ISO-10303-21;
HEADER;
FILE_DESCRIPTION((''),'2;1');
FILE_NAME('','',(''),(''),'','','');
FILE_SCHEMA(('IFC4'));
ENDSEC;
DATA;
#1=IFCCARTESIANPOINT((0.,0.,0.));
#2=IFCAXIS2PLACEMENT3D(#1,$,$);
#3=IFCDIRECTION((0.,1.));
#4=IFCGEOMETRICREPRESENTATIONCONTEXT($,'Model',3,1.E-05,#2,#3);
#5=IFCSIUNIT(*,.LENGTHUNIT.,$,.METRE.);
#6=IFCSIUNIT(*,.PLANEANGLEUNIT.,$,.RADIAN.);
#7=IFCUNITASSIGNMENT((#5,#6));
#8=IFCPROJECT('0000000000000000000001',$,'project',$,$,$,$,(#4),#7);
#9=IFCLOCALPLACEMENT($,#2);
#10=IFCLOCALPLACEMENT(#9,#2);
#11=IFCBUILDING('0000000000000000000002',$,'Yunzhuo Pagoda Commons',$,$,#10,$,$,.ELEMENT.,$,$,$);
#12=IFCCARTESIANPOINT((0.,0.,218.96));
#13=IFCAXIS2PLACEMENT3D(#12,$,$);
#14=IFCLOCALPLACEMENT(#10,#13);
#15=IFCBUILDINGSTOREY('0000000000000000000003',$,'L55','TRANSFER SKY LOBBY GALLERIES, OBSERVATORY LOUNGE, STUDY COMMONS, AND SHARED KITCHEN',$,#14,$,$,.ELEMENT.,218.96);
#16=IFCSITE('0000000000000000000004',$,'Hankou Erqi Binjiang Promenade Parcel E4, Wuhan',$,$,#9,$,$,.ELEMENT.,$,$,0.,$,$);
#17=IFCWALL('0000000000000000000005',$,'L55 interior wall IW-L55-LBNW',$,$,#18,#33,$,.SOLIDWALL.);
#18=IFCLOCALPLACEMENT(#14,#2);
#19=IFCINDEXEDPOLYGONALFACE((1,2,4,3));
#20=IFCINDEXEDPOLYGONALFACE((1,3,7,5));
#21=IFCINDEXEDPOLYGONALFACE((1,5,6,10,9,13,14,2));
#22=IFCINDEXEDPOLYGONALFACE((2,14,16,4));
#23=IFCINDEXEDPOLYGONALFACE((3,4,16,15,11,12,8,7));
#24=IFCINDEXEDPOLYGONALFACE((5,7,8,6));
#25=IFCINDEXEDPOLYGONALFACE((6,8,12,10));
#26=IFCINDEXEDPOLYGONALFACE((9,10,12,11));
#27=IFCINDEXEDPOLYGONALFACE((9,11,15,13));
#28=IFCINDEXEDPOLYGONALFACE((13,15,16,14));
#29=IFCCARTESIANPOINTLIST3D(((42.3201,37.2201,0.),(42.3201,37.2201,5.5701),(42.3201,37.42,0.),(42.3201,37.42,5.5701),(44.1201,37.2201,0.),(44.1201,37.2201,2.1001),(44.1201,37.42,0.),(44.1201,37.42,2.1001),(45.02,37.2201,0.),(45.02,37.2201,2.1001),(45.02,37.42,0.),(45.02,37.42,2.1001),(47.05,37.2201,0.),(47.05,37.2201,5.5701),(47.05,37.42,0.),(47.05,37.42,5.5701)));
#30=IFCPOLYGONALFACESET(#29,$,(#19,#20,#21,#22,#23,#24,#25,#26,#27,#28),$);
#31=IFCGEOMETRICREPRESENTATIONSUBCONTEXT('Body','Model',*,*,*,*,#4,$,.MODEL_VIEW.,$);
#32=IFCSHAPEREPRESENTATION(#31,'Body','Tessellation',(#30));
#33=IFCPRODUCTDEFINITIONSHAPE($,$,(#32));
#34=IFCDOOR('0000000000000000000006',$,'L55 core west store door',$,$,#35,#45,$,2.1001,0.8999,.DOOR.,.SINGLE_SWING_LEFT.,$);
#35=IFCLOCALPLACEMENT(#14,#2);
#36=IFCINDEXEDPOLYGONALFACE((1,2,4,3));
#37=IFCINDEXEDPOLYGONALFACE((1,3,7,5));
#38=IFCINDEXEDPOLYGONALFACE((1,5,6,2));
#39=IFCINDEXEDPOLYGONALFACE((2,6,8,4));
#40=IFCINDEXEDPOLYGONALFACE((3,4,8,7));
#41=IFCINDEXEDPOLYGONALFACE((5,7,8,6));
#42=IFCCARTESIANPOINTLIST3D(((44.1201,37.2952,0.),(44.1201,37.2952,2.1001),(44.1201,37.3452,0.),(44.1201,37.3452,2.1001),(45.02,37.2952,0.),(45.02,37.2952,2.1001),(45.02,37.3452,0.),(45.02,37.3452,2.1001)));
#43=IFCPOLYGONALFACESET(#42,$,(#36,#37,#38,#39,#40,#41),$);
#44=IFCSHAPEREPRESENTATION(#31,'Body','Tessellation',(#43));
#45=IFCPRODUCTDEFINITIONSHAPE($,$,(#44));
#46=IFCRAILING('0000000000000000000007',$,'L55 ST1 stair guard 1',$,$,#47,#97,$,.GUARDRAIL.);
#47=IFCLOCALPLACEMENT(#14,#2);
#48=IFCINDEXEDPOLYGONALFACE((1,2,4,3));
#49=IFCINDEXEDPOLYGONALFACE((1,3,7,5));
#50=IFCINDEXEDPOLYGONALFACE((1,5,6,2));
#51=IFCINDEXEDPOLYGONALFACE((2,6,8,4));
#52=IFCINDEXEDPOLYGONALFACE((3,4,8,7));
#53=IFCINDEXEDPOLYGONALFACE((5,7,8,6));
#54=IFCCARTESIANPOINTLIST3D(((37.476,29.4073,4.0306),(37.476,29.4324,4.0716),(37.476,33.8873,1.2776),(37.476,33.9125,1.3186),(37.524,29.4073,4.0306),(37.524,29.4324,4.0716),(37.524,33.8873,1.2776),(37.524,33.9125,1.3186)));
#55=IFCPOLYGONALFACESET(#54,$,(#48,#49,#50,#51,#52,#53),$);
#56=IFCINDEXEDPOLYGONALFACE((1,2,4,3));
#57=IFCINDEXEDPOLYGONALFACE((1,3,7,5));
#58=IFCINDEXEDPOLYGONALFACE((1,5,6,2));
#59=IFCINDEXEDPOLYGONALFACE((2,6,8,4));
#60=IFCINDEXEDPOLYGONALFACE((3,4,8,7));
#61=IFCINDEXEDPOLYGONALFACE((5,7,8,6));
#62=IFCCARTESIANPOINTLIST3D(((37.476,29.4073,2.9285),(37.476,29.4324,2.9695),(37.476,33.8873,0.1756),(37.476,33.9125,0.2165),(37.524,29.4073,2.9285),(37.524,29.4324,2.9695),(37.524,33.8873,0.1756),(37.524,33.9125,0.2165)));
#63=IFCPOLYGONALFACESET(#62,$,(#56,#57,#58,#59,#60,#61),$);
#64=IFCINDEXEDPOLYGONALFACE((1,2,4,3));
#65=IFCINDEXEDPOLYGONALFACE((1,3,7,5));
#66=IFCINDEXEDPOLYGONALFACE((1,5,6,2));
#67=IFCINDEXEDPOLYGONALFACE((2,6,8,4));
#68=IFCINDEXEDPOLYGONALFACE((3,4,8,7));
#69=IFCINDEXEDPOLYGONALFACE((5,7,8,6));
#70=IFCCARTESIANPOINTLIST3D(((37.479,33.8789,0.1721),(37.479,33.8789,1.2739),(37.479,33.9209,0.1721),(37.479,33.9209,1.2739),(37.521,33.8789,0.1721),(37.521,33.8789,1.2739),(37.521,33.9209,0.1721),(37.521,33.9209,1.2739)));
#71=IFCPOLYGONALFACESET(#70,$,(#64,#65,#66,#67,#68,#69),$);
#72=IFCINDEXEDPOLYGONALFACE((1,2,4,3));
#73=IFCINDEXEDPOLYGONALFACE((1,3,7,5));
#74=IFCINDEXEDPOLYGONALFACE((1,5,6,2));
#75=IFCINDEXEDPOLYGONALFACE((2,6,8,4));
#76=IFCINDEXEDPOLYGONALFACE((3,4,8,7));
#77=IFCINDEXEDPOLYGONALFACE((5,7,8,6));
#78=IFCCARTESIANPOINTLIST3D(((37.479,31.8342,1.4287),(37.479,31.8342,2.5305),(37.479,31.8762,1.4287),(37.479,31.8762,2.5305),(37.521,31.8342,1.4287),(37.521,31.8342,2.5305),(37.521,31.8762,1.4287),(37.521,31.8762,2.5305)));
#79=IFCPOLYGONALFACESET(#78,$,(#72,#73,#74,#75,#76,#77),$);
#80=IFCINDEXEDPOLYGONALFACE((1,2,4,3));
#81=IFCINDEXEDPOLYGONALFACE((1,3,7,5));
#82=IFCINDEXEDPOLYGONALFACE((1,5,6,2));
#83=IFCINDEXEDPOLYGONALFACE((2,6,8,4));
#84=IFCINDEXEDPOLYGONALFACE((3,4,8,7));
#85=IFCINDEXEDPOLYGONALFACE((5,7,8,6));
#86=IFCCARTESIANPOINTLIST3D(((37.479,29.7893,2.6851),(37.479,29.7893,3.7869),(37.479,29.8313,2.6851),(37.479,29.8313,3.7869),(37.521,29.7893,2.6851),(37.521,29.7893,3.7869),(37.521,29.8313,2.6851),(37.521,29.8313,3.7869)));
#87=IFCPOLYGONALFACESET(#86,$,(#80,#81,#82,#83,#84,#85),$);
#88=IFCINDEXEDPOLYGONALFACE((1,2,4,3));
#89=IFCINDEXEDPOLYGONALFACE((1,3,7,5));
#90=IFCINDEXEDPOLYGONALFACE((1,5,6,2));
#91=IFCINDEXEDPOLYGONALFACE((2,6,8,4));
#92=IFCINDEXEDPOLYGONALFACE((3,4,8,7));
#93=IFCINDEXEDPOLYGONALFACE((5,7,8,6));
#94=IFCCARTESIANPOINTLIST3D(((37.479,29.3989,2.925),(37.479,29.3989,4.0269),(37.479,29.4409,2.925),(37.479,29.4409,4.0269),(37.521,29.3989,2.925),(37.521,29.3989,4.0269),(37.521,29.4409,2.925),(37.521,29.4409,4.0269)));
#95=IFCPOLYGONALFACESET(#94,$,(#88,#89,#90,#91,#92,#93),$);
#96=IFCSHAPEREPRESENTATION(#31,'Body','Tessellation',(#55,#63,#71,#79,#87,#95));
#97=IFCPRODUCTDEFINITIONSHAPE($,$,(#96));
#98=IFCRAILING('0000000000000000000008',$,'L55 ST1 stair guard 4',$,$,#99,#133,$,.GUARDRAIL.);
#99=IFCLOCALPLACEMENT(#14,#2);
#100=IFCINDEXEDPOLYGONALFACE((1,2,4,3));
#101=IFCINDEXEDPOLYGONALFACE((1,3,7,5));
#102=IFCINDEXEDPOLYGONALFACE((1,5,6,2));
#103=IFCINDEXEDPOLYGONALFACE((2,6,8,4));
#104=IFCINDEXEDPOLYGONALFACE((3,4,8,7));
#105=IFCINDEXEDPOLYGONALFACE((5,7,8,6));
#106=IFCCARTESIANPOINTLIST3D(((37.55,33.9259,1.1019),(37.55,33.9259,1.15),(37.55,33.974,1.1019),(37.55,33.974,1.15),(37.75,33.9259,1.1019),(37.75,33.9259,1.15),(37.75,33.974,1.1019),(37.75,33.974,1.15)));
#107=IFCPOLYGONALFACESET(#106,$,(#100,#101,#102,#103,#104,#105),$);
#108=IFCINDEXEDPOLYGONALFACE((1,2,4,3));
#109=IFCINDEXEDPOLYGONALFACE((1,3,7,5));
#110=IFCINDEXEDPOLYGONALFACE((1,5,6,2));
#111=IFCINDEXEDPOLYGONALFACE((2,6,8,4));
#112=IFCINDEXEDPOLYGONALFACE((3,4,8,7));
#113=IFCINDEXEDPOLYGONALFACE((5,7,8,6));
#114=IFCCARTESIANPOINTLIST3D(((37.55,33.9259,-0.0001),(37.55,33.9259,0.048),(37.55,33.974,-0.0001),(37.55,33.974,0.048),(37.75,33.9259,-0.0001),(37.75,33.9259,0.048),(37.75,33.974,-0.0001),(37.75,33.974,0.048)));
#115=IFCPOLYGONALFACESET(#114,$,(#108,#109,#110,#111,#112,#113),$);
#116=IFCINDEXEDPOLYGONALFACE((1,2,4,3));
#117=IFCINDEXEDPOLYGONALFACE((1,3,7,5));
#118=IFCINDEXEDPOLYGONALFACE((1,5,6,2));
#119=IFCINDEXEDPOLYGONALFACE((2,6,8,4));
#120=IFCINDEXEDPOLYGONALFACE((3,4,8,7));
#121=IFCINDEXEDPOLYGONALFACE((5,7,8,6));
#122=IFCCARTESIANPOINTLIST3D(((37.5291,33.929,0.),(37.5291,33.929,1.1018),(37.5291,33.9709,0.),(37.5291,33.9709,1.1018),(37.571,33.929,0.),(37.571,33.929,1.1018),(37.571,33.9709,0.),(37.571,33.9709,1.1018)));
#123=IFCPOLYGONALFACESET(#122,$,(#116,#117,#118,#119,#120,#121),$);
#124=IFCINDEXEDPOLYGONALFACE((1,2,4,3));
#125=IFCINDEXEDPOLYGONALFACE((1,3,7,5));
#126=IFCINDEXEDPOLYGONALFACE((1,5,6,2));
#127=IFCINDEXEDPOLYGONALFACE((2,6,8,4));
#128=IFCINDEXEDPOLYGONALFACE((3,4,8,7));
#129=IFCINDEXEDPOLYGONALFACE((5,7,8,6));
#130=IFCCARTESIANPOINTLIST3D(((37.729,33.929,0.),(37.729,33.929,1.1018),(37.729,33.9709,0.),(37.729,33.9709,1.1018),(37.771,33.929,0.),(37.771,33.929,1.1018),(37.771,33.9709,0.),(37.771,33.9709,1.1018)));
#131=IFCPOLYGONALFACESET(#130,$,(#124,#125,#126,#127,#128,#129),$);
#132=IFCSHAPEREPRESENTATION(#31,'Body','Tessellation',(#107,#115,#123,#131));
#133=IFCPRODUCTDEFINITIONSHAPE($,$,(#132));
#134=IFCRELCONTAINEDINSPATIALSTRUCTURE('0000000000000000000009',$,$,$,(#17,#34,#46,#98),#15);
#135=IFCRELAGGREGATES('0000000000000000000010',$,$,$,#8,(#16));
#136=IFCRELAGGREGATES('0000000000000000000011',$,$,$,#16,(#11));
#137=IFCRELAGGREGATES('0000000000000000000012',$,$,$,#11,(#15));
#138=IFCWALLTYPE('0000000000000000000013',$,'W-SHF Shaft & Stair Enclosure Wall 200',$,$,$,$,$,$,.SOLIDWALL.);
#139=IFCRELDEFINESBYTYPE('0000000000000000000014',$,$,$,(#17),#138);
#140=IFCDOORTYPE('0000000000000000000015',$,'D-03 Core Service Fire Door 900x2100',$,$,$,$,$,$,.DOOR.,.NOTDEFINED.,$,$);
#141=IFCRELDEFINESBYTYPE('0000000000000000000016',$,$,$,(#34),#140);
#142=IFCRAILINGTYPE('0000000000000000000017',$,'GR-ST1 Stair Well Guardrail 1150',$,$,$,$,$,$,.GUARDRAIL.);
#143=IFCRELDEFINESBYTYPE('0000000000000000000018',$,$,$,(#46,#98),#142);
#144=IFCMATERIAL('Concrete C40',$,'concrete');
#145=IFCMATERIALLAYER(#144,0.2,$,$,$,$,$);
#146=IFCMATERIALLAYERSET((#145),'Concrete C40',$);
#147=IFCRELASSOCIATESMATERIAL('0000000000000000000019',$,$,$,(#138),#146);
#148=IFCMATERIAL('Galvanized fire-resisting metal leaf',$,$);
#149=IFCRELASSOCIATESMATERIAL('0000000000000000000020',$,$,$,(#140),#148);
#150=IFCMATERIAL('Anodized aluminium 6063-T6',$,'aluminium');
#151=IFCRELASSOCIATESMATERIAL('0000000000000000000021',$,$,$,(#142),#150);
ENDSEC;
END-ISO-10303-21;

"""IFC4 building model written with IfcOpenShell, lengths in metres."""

from ifc_helpers import new_model, si_unit, direction, frame, frame_2d, origin, origin_2d, place, context, subcontext, project, spatial, rectangle, extrude, source, transform, mapped, material, layer, layer_set, type_object, element, fill, save


model = new_model("IFC4")

# Units and contexts
model_context = context("Model", 3, precision=1e-05, world=origin(), true_north=direction((0.0, 1.0)))
body_context = subcontext(model_context, "Body", "Model", "MODEL_VIEW")
ifc_project = project(units=[si_unit("LENGTHUNIT", "METRE"), si_unit("PLANEANGLEUNIT", "RADIAN")], contexts=[model_context])

# Site, building, storey
site_placement = place(None, origin())
site = spatial("IfcSite", under=ifc_project, at=site_placement, Name="Hankou Erqi Binjiang Promenade Parcel E4, Wuhan", CompositionType="ELEMENT", RefElevation=0.0)
building_placement = place(site_placement, origin())
building = spatial("IfcBuilding", under=site, at=building_placement, Name="Yunzhuo Pagoda Commons", CompositionType="ELEMENT")
storey_placement = place(building_placement, frame((0.0, 0.0, 218.96)))
storey = spatial("IfcBuildingStorey", under=building, at=storey_placement, Name="L55", Description="TRANSFER SKY LOBBY GALLERIES, OBSERVATORY LOUNGE, STUDY COMMONS, AND SHARED KITCHEN", CompositionType="ELEMENT", Elevation=218.96)

# Shared definitions
ifc_material_1 = material(Name="Anodized aluminium 6063-T6", Category="aluminium")

# Shared definitions
ifc_material_2 = material(Name="Galvanized fire-resisting metal leaf")

# Shared definitions
ifc_material_3 = material(Name="Concrete C40", Category="concrete")
ifc_layer_1 = layer(ifc_material_3, 0.2)
ifc_layer_set_1 = layer_set([ifc_layer_1], Name="Concrete C40")
wall_type_1 = type_object("IfcWallType", Name="W-SHF Shaft & Stair Enclosure Wall 200", PredefinedType="SOLIDWALL", material=ifc_layer_set_1)

# Wall, opening, door
wall_1_placement = place(storey_placement, frame((42.3201, 37.3201, 0.0), z_axis=(0.0, 0.0, 1.0), x_axis=(1.0, 0.0, 0.0)))
wall_1 = element("IfcWall", 1, at=wall_1_placement, inside=storey, type_object=wall_type_1, Name="L55 interior wall IW-L55-LBNW", PredefinedType="SOLIDWALL", context=body_context, shape_type="SweptSolid", body=[
    extrude(rectangle(XDim=4.73, YDim=0.2, at=frame_2d((2.365, 0.0))), origin(), (0.0, 0.0, 1.0), 5.5701),
])
opening_1_placement = place(wall_1_placement, frame((1.8, 0.0, 0.0)))
opening_1 = element("IfcOpeningElement", 2, at=opening_1_placement, cuts=wall_1, PredefinedType="OPENING", context=body_context, shape_type="SweptSolid", body=[
    extrude(rectangle(XDim=0.8999, YDim=2.1001, at=frame_2d((0.45, 1.05))), frame((0.0, 0.1099, 0.0), z_axis=(0.0, -1.0, 0.0), x_axis=(1.0, 0.0, 0.0)), (0.0, 0.0, 1.0), 0.22),
])
door_type_1 = type_object("IfcDoorType", Name="D-03 Core Service Fire Door 900x2100", OperationType="NOTDEFINED", PredefinedType="DOOR", material=ifc_material_2)
shared_shape_1 = source(origin(), body_context, "Body", "SweptSolid", [
    extrude(rectangle(XDim=0.8999, YDim=2.1001, at=frame_2d((0.45, 1.05))), frame((0.0, 0.0249, 0.0), z_axis=(0.0, -1.0, 0.0), x_axis=(1.0, 0.0, 0.0)), (0.0, 0.0, 1.0), 0.05),
])
door_1_placement = place(opening_1_placement, frame((0.8999, 0.0, 0.0), z_axis=(0.0, 0.0, 1.0), x_axis=(-1.0, 0.0, 0.0)))
door_1 = element("IfcDoor", 3, at=door_1_placement, inside=storey, type_object=door_type_1, Name="L55 core west store door", OperationType="SINGLE_SWING_LEFT", OverallHeight=2.1001, OverallWidth=0.8999, PredefinedType="DOOR", context=body_context, shape_type="MappedRepresentation", body=[
    mapped(shared_shape_1, transform((0.0, 0.0, 0.0), scale=1.0)),
])
fill(opening_1, door_1)

# Railings
railing_type = type_object("IfcRailingType", Name="GR-ST1 Stair Well Guardrail 1150", PredefinedType="GUARDRAIL", material=ifc_material_1)
railing_1_placement = place(storey_placement, frame((37.5, 33.8999, 0.1721)))
element("IfcRailing", 4, at=railing_1_placement, inside=storey, type_object=railing_type, Name="L55 ST1 stair guard 1", PredefinedType="GUARDRAIL", context=body_context, shape_type="SweptSolid", body=[
    extrude(rectangle(XDim=0.0481, YDim=0.0481, at=origin_2d()), frame((0.0, 0.0, 1.126), z_axis=(0.0, -0.851996, 0.523548), x_axis=(1.0, 0.0, 0.0)), (0.0, 0.0, 1.0), 5.2583),
    extrude(rectangle(XDim=0.0481, YDim=0.0481, at=origin_2d()), frame((0.0, 0.0, 0.0239), z_axis=(0.0, -0.851996, 0.523548), x_axis=(1.0, 0.0, 0.0)), (0.0, 0.0, 1.0), 5.2583),
    extrude(rectangle(XDim=0.042, YDim=0.042, at=origin_2d()), origin(), (0.0, 0.0, 1.0), 1.1018),
    extrude(rectangle(XDim=0.042, YDim=0.042, at=origin_2d()), frame((0.0, -2.0447, 1.2566)), (0.0, 0.0, 1.0), 1.1018),
    extrude(rectangle(XDim=0.042, YDim=0.042, at=origin_2d()), frame((0.0, -4.0896, 2.5129)), (0.0, 0.0, 1.0), 1.1018),
    extrude(rectangle(XDim=0.042, YDim=0.042, at=origin_2d()), frame((0.0, -4.48, 2.7529)), (0.0, 0.0, 1.0), 1.1018),
])
railing_2_placement = place(storey_placement, frame((37.55, 33.95, 0.0)))
element("IfcRailing", 5, at=railing_2_placement, inside=storey, type_object=railing_type, Name="L55 ST1 stair guard 4", PredefinedType="GUARDRAIL", context=body_context, shape_type="SweptSolid", body=[
    extrude(rectangle(XDim=0.0481, YDim=0.0481, at=origin_2d()), frame((0.0, 0.0, 1.126), z_axis=(1.0, 0.0, 0.0), x_axis=(0.0, 1.0, 0.0)), (0.0, 0.0, 1.0), 0.2),
    extrude(rectangle(XDim=0.0481, YDim=0.0481, at=origin_2d()), frame((0.0, 0.0, 0.0239), z_axis=(1.0, 0.0, 0.0), x_axis=(0.0, 1.0, 0.0)), (0.0, 0.0, 1.0), 0.2),
    extrude(rectangle(XDim=0.042, YDim=0.042, at=origin_2d()), origin(), (0.0, 0.0, 1.0), 1.1018),
    extrude(rectangle(XDim=0.042, YDim=0.042, at=origin_2d()), frame((0.2, 0.0, 0.0)), (0.0, 0.0, 1.0), 1.1018),
])

save(model, "model.ifc")
